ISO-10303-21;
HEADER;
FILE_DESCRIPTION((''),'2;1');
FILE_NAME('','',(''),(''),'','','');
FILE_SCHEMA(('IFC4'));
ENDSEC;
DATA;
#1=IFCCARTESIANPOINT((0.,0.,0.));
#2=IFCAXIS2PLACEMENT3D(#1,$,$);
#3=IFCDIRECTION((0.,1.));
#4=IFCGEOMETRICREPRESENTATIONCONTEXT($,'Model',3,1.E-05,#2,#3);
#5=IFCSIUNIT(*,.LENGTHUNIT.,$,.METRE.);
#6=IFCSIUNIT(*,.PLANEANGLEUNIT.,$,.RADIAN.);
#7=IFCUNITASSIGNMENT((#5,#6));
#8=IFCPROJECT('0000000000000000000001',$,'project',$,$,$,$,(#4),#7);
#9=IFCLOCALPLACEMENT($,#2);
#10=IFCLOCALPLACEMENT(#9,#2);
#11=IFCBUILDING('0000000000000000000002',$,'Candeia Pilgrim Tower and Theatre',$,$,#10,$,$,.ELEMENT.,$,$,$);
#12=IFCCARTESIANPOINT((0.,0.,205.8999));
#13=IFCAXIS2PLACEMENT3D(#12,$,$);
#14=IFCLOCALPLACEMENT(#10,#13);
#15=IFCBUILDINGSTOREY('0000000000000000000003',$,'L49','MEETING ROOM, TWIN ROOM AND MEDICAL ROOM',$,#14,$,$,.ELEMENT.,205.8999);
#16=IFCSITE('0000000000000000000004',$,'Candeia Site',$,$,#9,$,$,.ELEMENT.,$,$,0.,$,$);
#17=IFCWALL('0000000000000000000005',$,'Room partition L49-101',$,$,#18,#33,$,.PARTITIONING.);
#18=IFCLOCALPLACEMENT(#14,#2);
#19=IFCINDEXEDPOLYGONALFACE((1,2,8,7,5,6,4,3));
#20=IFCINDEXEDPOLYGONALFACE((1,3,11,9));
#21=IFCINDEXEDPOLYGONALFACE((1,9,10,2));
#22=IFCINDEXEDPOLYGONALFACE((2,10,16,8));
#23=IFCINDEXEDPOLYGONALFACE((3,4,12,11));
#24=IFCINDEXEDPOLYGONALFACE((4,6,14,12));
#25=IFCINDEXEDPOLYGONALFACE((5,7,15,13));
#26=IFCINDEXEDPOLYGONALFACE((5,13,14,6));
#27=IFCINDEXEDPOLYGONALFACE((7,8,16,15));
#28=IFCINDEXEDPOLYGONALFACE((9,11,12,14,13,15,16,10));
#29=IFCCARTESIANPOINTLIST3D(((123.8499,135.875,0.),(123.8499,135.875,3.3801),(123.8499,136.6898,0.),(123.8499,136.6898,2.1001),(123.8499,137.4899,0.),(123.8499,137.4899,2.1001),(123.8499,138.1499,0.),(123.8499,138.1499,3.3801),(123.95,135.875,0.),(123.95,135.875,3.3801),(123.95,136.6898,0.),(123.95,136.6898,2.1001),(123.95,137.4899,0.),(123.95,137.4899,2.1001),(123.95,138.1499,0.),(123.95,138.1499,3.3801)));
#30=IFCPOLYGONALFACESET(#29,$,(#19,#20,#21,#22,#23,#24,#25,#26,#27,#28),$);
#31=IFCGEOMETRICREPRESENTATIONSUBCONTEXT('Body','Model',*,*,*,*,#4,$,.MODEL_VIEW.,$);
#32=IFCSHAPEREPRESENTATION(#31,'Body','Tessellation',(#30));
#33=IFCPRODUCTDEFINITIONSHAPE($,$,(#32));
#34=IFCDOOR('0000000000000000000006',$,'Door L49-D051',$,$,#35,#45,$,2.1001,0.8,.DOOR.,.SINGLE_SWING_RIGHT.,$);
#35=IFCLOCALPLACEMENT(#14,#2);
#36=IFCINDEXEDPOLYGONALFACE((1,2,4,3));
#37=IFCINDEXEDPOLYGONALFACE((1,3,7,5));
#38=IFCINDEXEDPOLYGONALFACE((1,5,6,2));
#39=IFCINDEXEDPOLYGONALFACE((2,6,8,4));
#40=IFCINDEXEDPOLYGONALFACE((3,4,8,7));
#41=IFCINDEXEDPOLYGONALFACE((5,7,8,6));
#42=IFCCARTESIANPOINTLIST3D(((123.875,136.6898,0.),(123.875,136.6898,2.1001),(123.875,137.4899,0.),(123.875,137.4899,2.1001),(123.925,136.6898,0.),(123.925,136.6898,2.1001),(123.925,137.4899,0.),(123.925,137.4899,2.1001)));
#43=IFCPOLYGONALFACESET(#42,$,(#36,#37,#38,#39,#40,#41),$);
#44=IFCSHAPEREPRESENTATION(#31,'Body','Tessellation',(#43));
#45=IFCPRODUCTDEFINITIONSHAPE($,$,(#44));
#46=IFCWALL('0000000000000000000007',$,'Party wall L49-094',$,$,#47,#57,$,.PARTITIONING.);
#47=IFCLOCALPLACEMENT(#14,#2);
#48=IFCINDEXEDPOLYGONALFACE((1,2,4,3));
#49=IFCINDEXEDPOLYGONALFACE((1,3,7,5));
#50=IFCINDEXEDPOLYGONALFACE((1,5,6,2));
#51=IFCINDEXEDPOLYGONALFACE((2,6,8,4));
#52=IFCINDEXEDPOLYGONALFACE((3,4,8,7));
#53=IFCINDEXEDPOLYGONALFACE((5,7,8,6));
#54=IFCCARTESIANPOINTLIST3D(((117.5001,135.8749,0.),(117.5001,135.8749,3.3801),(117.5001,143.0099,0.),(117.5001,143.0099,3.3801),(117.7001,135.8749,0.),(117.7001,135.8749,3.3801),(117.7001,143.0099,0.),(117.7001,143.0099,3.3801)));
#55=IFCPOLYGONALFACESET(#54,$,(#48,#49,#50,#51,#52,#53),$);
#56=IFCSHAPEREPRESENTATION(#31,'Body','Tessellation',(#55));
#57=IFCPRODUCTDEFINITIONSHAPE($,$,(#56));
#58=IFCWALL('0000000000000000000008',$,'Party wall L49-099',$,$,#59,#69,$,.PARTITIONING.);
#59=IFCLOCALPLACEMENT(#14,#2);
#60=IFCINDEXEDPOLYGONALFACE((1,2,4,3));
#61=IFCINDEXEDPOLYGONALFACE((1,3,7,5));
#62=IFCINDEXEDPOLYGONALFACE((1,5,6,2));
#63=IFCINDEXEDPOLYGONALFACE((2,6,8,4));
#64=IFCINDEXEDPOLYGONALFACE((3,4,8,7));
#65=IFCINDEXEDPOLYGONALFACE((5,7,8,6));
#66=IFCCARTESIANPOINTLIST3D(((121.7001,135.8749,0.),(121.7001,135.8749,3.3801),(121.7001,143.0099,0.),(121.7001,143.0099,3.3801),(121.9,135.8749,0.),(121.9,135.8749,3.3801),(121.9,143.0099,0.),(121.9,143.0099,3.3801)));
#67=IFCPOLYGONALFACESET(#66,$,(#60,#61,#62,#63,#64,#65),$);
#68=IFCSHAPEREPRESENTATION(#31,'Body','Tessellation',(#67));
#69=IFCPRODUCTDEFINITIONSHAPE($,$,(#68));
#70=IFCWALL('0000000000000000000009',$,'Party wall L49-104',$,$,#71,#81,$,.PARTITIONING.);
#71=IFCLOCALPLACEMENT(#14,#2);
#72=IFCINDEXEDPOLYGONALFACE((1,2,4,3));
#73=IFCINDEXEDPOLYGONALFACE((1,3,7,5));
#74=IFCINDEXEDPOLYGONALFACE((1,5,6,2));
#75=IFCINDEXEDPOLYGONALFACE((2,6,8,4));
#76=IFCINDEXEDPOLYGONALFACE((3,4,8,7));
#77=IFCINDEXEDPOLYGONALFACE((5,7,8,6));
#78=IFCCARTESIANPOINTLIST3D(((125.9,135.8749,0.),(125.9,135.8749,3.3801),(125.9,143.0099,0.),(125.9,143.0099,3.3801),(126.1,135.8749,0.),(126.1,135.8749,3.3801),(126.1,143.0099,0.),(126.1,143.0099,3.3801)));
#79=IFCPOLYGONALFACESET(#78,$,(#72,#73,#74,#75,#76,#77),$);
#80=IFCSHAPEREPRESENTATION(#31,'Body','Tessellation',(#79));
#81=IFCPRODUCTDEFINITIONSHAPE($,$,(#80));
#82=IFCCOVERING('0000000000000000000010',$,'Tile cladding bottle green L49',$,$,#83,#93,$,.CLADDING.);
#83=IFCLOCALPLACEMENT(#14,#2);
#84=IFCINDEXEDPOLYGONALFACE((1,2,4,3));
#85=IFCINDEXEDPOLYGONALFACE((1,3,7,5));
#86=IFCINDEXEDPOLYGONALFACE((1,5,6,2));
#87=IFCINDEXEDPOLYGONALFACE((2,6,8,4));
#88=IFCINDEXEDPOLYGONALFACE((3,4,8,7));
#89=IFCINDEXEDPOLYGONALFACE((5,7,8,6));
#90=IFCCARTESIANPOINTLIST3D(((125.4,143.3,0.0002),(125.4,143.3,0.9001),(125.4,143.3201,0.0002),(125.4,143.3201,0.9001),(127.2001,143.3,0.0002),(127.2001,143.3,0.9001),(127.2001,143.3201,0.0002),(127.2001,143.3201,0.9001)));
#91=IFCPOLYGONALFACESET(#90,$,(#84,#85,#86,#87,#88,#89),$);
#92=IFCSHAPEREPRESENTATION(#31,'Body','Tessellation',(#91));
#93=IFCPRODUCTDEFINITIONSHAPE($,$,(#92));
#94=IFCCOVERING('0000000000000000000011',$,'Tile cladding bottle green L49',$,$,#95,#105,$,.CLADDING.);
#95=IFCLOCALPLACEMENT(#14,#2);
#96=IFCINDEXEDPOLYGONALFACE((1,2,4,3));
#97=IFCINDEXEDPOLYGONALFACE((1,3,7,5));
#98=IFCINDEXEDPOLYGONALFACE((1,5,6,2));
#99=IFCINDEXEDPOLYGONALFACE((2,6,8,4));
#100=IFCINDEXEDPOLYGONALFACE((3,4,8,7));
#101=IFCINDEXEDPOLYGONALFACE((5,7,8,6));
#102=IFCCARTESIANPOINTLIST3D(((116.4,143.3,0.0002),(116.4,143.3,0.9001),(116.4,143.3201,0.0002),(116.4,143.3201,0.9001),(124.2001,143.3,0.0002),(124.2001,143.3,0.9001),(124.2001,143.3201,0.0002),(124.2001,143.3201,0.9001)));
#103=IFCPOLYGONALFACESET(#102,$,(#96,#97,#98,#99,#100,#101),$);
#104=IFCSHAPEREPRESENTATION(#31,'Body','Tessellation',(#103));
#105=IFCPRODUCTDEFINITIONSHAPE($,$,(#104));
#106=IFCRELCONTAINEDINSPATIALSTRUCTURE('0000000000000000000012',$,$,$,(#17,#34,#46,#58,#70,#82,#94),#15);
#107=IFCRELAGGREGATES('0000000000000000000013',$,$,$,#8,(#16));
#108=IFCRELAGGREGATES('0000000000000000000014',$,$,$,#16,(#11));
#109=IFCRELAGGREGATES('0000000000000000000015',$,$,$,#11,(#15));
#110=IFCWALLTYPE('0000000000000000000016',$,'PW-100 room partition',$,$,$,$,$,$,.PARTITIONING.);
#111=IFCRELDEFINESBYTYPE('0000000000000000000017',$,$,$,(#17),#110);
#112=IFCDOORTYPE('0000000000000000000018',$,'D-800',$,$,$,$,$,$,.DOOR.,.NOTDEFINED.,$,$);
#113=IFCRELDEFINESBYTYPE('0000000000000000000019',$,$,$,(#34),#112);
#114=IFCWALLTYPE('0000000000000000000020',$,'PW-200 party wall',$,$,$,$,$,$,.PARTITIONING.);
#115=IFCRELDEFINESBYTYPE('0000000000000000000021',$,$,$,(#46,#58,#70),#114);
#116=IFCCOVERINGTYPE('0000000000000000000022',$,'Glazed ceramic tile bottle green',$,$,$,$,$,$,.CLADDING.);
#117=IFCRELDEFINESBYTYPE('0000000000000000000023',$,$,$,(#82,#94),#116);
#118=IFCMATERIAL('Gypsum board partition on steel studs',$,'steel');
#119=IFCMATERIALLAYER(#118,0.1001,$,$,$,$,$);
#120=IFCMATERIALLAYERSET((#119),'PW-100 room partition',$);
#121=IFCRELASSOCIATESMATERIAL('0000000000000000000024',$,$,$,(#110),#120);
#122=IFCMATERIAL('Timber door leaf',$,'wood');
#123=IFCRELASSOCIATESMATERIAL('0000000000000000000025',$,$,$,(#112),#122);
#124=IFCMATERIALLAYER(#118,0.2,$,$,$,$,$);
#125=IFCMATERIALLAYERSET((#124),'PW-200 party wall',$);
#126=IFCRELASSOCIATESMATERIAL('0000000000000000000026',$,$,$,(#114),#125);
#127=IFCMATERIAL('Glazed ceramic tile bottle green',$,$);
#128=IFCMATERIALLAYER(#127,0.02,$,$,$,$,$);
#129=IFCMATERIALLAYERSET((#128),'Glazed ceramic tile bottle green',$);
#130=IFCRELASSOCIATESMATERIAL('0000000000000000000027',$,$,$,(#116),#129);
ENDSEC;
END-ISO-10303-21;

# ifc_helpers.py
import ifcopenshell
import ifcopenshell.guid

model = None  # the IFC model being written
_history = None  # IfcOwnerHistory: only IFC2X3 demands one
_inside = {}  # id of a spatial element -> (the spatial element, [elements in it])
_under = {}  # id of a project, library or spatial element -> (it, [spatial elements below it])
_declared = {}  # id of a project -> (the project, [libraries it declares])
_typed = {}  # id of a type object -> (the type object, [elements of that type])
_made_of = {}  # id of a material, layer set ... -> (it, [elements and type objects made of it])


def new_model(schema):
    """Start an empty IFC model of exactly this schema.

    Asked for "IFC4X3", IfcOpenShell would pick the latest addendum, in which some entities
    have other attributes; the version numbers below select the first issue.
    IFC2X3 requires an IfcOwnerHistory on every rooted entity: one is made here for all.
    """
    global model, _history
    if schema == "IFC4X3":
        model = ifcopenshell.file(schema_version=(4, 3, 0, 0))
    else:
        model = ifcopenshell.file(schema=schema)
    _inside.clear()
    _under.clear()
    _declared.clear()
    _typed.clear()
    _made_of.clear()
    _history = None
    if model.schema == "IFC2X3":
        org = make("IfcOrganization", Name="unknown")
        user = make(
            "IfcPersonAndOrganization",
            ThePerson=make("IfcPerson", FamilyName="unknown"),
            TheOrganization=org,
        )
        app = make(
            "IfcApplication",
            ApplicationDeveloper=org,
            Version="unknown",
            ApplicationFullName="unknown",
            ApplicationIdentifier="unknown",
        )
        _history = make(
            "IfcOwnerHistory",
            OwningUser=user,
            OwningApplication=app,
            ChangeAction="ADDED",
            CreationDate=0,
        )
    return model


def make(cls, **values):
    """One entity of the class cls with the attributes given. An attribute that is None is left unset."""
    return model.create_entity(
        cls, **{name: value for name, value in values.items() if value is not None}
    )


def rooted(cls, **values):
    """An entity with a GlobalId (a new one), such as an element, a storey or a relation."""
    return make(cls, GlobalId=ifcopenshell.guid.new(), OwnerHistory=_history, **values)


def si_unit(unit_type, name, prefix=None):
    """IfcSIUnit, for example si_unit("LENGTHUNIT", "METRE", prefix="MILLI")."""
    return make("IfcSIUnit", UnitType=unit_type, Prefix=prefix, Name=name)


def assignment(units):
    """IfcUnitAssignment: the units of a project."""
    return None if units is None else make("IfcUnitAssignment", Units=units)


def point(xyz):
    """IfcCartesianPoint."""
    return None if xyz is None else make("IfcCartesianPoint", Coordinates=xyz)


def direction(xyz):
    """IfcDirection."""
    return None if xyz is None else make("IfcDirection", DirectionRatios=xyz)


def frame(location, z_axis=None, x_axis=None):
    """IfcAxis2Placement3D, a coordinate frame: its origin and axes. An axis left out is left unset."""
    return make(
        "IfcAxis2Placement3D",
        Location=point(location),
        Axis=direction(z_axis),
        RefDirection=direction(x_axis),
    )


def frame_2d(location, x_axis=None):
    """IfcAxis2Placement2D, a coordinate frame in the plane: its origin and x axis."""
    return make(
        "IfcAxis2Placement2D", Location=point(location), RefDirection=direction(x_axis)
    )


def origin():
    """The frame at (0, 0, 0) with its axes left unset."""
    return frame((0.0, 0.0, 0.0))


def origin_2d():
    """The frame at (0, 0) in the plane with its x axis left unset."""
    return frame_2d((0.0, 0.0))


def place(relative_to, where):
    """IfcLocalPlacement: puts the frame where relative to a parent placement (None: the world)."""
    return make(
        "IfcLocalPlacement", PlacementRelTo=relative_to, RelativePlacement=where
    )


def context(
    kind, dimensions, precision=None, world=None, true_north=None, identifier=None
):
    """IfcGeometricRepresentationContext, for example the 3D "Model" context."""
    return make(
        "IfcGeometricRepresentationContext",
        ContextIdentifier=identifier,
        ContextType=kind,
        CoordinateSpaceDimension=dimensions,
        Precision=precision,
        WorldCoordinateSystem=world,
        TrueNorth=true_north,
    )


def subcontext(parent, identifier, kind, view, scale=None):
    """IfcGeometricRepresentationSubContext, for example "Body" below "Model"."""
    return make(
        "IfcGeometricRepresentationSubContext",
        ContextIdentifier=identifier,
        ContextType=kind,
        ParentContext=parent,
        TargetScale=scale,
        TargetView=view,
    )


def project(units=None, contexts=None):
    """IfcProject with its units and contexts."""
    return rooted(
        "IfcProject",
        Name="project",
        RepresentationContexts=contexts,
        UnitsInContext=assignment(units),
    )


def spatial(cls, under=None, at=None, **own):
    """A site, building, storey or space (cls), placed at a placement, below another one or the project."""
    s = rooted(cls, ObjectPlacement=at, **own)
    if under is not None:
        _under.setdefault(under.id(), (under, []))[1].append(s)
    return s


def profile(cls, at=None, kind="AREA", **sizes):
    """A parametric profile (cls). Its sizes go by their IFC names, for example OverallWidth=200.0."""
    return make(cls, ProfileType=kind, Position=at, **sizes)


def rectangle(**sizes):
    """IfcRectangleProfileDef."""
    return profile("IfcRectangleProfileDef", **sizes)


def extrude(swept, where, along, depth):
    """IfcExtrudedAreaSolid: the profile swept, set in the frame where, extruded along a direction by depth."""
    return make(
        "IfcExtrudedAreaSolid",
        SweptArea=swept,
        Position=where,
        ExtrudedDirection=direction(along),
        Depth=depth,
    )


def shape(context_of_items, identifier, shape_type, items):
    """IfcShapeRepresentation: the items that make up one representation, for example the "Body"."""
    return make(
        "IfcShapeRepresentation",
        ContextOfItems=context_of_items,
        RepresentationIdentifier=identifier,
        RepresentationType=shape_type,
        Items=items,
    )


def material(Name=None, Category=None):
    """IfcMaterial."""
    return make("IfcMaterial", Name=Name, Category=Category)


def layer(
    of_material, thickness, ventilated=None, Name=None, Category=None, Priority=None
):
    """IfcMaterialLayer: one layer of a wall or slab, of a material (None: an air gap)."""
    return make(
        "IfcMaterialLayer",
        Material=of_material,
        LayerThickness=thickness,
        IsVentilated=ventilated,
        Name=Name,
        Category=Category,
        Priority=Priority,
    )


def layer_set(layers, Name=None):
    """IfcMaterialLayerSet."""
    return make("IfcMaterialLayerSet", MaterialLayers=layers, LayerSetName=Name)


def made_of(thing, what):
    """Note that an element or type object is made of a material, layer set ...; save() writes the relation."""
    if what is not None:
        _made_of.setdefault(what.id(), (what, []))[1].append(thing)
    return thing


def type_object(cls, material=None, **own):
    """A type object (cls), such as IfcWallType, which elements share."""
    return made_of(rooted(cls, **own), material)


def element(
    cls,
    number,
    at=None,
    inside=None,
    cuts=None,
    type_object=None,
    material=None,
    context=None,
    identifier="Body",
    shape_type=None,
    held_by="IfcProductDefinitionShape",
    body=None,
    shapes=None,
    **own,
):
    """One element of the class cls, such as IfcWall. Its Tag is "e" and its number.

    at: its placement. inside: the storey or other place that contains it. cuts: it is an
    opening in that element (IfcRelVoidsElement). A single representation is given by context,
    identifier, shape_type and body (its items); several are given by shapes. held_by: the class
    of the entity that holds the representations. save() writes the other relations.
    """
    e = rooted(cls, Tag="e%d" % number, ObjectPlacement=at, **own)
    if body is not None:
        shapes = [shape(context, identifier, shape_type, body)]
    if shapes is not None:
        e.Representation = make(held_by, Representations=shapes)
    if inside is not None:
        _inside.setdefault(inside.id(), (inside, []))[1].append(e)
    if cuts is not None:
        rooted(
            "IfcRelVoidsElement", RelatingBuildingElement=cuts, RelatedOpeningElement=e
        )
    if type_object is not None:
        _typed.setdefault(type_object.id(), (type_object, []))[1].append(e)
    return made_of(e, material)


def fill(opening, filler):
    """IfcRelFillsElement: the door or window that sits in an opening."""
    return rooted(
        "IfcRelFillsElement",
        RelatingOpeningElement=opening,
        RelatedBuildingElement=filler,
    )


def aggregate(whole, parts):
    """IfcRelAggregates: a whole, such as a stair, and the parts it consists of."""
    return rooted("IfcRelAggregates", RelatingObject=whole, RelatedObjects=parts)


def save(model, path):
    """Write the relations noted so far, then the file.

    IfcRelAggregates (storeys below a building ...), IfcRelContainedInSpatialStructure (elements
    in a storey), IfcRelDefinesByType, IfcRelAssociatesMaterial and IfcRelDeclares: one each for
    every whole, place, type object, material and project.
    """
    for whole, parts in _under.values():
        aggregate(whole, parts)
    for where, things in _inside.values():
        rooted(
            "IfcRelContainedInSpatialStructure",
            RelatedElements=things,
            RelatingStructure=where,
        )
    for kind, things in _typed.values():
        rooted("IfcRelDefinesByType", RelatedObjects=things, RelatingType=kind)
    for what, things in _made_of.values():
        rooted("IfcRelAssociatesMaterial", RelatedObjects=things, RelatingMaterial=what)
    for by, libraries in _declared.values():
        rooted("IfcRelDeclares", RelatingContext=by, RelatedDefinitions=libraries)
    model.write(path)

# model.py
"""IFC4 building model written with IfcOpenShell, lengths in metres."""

from ifc_helpers import new_model, si_unit, direction, frame, frame_2d, origin, origin_2d, place, context, subcontext, project, spatial, rectangle, extrude, material, layer, layer_set, type_object, element, fill, save


model = new_model("IFC4")

# Units and contexts
model_context = context("Model", 3, precision=1e-05, world=origin(), true_north=direction((0.0, 1.0)))
body_context = subcontext(model_context, "Body", "Model", "MODEL_VIEW")
ifc_project = project(units=[si_unit("LENGTHUNIT", "METRE"), si_unit("PLANEANGLEUNIT", "RADIAN")], contexts=[model_context])

# Site, building, storey
site_placement = place(None, origin())
site = spatial("IfcSite", under=ifc_project, at=site_placement, Name="Candeia Site", CompositionType="ELEMENT", RefElevation=0.0)
building_placement = place(site_placement, origin())
building = spatial("IfcBuilding", under=site, at=building_placement, Name="Candeia Pilgrim Tower and Theatre", CompositionType="ELEMENT")
storey_placement = place(building_placement, frame((0.0, 0.0, 205.8999)))
storey = spatial("IfcBuildingStorey", under=building, at=storey_placement, Name="L49", Description="MEETING ROOM, TWIN ROOM AND MEDICAL ROOM", CompositionType="ELEMENT", Elevation=205.8999)

# Shared definitions
ifc_material_1 = material(Name="Gypsum board partition on steel studs", Category="steel")
ifc_layer_1 = layer(ifc_material_1, 0.1001)
ifc_layer_set_1 = layer_set([ifc_layer_1], Name="PW-100 room partition")
wall_type_1 = type_object("IfcWallType", Name="PW-100 room partition", PredefinedType="PARTITIONING", material=ifc_layer_set_1)

# Wall, opening, door
ifc_material_2 = material(Name="Timber door leaf", Category="wood")
door_type_1 = type_object("IfcDoorType", Name="D-800", OperationType="NOTDEFINED", PredefinedType="DOOR", material=ifc_material_2)
wall_1_placement = place(storey_placement, frame((123.8999, 135.875, 0.0), z_axis=(0.0, 0.0, 1.0), x_axis=(0.0, 1.0, 0.0)))
wall_1 = element("IfcWall", 1, at=wall_1_placement, inside=storey, type_object=wall_type_1, Name="Room partition L49-101", PredefinedType="PARTITIONING", context=body_context, shape_type="SweptSolid", body=[
    extrude(rectangle(XDim=2.2749, YDim=0.1001, at=frame_2d((1.1375, 0.0))), origin(), (0.0, 0.0, 1.0), 3.3801),
])
opening_1_placement = place(wall_1_placement, frame((0.8149, 0.0, 0.0)))
opening_1 = element("IfcOpeningElement", 2, at=opening_1_placement, cuts=wall_1, PredefinedType="OPENING", context=body_context, shape_type="SweptSolid", body=[
    extrude(rectangle(XDim=0.8, YDim=2.1001, at=frame_2d((0.3999, 1.05))), frame((0.0, 0.0601, 0.0), z_axis=(0.0, -1.0, 0.0), x_axis=(1.0, 0.0, 0.0)), (0.0, 0.0, 1.0), 0.1201),
])
door_1_placement = place(opening_1_placement, origin())
door_1 = element("IfcDoor", 3, at=door_1_placement, inside=storey, type_object=door_type_1, Name="Door L49-D051", OperationType="SINGLE_SWING_RIGHT", OverallHeight=2.1001, OverallWidth=0.8, PredefinedType="DOOR", context=body_context, shape_type="SweptSolid", body=[
    extrude(rectangle(XDim=0.8, YDim=2.1001, at=frame_2d((0.3999, 1.05))), frame((0.0, 0.0249, 0.0), z_axis=(0.0, -1.0, 0.0), x_axis=(1.0, 0.0, 0.0)), (0.0, 0.0, 1.0), 0.05),
])
fill(opening_1, door_1)

# Walls
ifc_layer_2 = layer(ifc_material_1, 0.2)
ifc_layer_set_2 = layer_set([ifc_layer_2], Name="PW-200 party wall")
wall_type_2 = type_object("IfcWallType", Name="PW-200 party wall", PredefinedType="PARTITIONING", material=ifc_layer_set_2)
for number, where, z_axis, x_axis, name in (
    (4, (117.6001, 135.875, 0.0), (0.0, 0.0, 1.0), (0.0, 1.0, 0.0), "Party wall L49-094"),
    (5, (121.8, 135.875, 0.0), (0.0, 0.0, 1.0), (0.0, 1.0, 0.0), "Party wall L49-099"),
    (6, (126.0, 135.875, 0.0), (0.0, 0.0, 1.0), (0.0, 1.0, 0.0), "Party wall L49-104"),
):
    element("IfcWall", number, at=place(storey_placement, frame(where, z_axis=z_axis, x_axis=x_axis)), inside=storey, type_object=wall_type_2, Name=name, PredefinedType="PARTITIONING", context=body_context, shape_type="SweptSolid", body=[
        extrude(rectangle(XDim=7.135, YDim=0.2, at=frame_2d((3.5674, 0.0))), origin(), (0.0, 0.0, 1.0), 3.3801),
    ])

# Coverings
ifc_material_3 = material(Name="Glazed ceramic tile bottle green")
ifc_layer_3 = layer(ifc_material_3, 0.02)
ifc_layer_set_3 = layer_set([ifc_layer_3], Name="Glazed ceramic tile bottle green")
covering_type = type_object("IfcCoveringType", Name="Glazed ceramic tile bottle green", PredefinedType="CLADDING", material=ifc_layer_set_3)
covering_1_placement = place(storey_placement, frame((126.3, 143.3101, 0.0002), z_axis=(0.0, 0.0, 1.0), x_axis=(-1.0, 0.0, 0.0)))
element("IfcCovering", 7, at=covering_1_placement, inside=storey, type_object=covering_type, Name="Tile cladding bottle green L49", PredefinedType="CLADDING", context=body_context, shape_type="SweptSolid", body=[
    extrude(rectangle(XDim=1.8, YDim=0.02, at=origin_2d()), origin(), (0.0, 0.0, 1.0), 0.8999),
])
covering_2_placement = place(storey_placement, frame((120.3, 143.3101, 0.0002), z_axis=(0.0, 0.0, 1.0), x_axis=(-1.0, 0.0, 0.0)))
element("IfcCovering", 8, at=covering_2_placement, inside=storey, type_object=covering_type, Name="Tile cladding bottle green L49", PredefinedType="CLADDING", context=body_context, shape_type="SweptSolid", body=[
    extrude(rectangle(XDim=7.8, YDim=0.02, at=origin_2d()), origin(), (0.0, 0.0, 1.0), 0.8999),
])

save(model, "model.ifc")
